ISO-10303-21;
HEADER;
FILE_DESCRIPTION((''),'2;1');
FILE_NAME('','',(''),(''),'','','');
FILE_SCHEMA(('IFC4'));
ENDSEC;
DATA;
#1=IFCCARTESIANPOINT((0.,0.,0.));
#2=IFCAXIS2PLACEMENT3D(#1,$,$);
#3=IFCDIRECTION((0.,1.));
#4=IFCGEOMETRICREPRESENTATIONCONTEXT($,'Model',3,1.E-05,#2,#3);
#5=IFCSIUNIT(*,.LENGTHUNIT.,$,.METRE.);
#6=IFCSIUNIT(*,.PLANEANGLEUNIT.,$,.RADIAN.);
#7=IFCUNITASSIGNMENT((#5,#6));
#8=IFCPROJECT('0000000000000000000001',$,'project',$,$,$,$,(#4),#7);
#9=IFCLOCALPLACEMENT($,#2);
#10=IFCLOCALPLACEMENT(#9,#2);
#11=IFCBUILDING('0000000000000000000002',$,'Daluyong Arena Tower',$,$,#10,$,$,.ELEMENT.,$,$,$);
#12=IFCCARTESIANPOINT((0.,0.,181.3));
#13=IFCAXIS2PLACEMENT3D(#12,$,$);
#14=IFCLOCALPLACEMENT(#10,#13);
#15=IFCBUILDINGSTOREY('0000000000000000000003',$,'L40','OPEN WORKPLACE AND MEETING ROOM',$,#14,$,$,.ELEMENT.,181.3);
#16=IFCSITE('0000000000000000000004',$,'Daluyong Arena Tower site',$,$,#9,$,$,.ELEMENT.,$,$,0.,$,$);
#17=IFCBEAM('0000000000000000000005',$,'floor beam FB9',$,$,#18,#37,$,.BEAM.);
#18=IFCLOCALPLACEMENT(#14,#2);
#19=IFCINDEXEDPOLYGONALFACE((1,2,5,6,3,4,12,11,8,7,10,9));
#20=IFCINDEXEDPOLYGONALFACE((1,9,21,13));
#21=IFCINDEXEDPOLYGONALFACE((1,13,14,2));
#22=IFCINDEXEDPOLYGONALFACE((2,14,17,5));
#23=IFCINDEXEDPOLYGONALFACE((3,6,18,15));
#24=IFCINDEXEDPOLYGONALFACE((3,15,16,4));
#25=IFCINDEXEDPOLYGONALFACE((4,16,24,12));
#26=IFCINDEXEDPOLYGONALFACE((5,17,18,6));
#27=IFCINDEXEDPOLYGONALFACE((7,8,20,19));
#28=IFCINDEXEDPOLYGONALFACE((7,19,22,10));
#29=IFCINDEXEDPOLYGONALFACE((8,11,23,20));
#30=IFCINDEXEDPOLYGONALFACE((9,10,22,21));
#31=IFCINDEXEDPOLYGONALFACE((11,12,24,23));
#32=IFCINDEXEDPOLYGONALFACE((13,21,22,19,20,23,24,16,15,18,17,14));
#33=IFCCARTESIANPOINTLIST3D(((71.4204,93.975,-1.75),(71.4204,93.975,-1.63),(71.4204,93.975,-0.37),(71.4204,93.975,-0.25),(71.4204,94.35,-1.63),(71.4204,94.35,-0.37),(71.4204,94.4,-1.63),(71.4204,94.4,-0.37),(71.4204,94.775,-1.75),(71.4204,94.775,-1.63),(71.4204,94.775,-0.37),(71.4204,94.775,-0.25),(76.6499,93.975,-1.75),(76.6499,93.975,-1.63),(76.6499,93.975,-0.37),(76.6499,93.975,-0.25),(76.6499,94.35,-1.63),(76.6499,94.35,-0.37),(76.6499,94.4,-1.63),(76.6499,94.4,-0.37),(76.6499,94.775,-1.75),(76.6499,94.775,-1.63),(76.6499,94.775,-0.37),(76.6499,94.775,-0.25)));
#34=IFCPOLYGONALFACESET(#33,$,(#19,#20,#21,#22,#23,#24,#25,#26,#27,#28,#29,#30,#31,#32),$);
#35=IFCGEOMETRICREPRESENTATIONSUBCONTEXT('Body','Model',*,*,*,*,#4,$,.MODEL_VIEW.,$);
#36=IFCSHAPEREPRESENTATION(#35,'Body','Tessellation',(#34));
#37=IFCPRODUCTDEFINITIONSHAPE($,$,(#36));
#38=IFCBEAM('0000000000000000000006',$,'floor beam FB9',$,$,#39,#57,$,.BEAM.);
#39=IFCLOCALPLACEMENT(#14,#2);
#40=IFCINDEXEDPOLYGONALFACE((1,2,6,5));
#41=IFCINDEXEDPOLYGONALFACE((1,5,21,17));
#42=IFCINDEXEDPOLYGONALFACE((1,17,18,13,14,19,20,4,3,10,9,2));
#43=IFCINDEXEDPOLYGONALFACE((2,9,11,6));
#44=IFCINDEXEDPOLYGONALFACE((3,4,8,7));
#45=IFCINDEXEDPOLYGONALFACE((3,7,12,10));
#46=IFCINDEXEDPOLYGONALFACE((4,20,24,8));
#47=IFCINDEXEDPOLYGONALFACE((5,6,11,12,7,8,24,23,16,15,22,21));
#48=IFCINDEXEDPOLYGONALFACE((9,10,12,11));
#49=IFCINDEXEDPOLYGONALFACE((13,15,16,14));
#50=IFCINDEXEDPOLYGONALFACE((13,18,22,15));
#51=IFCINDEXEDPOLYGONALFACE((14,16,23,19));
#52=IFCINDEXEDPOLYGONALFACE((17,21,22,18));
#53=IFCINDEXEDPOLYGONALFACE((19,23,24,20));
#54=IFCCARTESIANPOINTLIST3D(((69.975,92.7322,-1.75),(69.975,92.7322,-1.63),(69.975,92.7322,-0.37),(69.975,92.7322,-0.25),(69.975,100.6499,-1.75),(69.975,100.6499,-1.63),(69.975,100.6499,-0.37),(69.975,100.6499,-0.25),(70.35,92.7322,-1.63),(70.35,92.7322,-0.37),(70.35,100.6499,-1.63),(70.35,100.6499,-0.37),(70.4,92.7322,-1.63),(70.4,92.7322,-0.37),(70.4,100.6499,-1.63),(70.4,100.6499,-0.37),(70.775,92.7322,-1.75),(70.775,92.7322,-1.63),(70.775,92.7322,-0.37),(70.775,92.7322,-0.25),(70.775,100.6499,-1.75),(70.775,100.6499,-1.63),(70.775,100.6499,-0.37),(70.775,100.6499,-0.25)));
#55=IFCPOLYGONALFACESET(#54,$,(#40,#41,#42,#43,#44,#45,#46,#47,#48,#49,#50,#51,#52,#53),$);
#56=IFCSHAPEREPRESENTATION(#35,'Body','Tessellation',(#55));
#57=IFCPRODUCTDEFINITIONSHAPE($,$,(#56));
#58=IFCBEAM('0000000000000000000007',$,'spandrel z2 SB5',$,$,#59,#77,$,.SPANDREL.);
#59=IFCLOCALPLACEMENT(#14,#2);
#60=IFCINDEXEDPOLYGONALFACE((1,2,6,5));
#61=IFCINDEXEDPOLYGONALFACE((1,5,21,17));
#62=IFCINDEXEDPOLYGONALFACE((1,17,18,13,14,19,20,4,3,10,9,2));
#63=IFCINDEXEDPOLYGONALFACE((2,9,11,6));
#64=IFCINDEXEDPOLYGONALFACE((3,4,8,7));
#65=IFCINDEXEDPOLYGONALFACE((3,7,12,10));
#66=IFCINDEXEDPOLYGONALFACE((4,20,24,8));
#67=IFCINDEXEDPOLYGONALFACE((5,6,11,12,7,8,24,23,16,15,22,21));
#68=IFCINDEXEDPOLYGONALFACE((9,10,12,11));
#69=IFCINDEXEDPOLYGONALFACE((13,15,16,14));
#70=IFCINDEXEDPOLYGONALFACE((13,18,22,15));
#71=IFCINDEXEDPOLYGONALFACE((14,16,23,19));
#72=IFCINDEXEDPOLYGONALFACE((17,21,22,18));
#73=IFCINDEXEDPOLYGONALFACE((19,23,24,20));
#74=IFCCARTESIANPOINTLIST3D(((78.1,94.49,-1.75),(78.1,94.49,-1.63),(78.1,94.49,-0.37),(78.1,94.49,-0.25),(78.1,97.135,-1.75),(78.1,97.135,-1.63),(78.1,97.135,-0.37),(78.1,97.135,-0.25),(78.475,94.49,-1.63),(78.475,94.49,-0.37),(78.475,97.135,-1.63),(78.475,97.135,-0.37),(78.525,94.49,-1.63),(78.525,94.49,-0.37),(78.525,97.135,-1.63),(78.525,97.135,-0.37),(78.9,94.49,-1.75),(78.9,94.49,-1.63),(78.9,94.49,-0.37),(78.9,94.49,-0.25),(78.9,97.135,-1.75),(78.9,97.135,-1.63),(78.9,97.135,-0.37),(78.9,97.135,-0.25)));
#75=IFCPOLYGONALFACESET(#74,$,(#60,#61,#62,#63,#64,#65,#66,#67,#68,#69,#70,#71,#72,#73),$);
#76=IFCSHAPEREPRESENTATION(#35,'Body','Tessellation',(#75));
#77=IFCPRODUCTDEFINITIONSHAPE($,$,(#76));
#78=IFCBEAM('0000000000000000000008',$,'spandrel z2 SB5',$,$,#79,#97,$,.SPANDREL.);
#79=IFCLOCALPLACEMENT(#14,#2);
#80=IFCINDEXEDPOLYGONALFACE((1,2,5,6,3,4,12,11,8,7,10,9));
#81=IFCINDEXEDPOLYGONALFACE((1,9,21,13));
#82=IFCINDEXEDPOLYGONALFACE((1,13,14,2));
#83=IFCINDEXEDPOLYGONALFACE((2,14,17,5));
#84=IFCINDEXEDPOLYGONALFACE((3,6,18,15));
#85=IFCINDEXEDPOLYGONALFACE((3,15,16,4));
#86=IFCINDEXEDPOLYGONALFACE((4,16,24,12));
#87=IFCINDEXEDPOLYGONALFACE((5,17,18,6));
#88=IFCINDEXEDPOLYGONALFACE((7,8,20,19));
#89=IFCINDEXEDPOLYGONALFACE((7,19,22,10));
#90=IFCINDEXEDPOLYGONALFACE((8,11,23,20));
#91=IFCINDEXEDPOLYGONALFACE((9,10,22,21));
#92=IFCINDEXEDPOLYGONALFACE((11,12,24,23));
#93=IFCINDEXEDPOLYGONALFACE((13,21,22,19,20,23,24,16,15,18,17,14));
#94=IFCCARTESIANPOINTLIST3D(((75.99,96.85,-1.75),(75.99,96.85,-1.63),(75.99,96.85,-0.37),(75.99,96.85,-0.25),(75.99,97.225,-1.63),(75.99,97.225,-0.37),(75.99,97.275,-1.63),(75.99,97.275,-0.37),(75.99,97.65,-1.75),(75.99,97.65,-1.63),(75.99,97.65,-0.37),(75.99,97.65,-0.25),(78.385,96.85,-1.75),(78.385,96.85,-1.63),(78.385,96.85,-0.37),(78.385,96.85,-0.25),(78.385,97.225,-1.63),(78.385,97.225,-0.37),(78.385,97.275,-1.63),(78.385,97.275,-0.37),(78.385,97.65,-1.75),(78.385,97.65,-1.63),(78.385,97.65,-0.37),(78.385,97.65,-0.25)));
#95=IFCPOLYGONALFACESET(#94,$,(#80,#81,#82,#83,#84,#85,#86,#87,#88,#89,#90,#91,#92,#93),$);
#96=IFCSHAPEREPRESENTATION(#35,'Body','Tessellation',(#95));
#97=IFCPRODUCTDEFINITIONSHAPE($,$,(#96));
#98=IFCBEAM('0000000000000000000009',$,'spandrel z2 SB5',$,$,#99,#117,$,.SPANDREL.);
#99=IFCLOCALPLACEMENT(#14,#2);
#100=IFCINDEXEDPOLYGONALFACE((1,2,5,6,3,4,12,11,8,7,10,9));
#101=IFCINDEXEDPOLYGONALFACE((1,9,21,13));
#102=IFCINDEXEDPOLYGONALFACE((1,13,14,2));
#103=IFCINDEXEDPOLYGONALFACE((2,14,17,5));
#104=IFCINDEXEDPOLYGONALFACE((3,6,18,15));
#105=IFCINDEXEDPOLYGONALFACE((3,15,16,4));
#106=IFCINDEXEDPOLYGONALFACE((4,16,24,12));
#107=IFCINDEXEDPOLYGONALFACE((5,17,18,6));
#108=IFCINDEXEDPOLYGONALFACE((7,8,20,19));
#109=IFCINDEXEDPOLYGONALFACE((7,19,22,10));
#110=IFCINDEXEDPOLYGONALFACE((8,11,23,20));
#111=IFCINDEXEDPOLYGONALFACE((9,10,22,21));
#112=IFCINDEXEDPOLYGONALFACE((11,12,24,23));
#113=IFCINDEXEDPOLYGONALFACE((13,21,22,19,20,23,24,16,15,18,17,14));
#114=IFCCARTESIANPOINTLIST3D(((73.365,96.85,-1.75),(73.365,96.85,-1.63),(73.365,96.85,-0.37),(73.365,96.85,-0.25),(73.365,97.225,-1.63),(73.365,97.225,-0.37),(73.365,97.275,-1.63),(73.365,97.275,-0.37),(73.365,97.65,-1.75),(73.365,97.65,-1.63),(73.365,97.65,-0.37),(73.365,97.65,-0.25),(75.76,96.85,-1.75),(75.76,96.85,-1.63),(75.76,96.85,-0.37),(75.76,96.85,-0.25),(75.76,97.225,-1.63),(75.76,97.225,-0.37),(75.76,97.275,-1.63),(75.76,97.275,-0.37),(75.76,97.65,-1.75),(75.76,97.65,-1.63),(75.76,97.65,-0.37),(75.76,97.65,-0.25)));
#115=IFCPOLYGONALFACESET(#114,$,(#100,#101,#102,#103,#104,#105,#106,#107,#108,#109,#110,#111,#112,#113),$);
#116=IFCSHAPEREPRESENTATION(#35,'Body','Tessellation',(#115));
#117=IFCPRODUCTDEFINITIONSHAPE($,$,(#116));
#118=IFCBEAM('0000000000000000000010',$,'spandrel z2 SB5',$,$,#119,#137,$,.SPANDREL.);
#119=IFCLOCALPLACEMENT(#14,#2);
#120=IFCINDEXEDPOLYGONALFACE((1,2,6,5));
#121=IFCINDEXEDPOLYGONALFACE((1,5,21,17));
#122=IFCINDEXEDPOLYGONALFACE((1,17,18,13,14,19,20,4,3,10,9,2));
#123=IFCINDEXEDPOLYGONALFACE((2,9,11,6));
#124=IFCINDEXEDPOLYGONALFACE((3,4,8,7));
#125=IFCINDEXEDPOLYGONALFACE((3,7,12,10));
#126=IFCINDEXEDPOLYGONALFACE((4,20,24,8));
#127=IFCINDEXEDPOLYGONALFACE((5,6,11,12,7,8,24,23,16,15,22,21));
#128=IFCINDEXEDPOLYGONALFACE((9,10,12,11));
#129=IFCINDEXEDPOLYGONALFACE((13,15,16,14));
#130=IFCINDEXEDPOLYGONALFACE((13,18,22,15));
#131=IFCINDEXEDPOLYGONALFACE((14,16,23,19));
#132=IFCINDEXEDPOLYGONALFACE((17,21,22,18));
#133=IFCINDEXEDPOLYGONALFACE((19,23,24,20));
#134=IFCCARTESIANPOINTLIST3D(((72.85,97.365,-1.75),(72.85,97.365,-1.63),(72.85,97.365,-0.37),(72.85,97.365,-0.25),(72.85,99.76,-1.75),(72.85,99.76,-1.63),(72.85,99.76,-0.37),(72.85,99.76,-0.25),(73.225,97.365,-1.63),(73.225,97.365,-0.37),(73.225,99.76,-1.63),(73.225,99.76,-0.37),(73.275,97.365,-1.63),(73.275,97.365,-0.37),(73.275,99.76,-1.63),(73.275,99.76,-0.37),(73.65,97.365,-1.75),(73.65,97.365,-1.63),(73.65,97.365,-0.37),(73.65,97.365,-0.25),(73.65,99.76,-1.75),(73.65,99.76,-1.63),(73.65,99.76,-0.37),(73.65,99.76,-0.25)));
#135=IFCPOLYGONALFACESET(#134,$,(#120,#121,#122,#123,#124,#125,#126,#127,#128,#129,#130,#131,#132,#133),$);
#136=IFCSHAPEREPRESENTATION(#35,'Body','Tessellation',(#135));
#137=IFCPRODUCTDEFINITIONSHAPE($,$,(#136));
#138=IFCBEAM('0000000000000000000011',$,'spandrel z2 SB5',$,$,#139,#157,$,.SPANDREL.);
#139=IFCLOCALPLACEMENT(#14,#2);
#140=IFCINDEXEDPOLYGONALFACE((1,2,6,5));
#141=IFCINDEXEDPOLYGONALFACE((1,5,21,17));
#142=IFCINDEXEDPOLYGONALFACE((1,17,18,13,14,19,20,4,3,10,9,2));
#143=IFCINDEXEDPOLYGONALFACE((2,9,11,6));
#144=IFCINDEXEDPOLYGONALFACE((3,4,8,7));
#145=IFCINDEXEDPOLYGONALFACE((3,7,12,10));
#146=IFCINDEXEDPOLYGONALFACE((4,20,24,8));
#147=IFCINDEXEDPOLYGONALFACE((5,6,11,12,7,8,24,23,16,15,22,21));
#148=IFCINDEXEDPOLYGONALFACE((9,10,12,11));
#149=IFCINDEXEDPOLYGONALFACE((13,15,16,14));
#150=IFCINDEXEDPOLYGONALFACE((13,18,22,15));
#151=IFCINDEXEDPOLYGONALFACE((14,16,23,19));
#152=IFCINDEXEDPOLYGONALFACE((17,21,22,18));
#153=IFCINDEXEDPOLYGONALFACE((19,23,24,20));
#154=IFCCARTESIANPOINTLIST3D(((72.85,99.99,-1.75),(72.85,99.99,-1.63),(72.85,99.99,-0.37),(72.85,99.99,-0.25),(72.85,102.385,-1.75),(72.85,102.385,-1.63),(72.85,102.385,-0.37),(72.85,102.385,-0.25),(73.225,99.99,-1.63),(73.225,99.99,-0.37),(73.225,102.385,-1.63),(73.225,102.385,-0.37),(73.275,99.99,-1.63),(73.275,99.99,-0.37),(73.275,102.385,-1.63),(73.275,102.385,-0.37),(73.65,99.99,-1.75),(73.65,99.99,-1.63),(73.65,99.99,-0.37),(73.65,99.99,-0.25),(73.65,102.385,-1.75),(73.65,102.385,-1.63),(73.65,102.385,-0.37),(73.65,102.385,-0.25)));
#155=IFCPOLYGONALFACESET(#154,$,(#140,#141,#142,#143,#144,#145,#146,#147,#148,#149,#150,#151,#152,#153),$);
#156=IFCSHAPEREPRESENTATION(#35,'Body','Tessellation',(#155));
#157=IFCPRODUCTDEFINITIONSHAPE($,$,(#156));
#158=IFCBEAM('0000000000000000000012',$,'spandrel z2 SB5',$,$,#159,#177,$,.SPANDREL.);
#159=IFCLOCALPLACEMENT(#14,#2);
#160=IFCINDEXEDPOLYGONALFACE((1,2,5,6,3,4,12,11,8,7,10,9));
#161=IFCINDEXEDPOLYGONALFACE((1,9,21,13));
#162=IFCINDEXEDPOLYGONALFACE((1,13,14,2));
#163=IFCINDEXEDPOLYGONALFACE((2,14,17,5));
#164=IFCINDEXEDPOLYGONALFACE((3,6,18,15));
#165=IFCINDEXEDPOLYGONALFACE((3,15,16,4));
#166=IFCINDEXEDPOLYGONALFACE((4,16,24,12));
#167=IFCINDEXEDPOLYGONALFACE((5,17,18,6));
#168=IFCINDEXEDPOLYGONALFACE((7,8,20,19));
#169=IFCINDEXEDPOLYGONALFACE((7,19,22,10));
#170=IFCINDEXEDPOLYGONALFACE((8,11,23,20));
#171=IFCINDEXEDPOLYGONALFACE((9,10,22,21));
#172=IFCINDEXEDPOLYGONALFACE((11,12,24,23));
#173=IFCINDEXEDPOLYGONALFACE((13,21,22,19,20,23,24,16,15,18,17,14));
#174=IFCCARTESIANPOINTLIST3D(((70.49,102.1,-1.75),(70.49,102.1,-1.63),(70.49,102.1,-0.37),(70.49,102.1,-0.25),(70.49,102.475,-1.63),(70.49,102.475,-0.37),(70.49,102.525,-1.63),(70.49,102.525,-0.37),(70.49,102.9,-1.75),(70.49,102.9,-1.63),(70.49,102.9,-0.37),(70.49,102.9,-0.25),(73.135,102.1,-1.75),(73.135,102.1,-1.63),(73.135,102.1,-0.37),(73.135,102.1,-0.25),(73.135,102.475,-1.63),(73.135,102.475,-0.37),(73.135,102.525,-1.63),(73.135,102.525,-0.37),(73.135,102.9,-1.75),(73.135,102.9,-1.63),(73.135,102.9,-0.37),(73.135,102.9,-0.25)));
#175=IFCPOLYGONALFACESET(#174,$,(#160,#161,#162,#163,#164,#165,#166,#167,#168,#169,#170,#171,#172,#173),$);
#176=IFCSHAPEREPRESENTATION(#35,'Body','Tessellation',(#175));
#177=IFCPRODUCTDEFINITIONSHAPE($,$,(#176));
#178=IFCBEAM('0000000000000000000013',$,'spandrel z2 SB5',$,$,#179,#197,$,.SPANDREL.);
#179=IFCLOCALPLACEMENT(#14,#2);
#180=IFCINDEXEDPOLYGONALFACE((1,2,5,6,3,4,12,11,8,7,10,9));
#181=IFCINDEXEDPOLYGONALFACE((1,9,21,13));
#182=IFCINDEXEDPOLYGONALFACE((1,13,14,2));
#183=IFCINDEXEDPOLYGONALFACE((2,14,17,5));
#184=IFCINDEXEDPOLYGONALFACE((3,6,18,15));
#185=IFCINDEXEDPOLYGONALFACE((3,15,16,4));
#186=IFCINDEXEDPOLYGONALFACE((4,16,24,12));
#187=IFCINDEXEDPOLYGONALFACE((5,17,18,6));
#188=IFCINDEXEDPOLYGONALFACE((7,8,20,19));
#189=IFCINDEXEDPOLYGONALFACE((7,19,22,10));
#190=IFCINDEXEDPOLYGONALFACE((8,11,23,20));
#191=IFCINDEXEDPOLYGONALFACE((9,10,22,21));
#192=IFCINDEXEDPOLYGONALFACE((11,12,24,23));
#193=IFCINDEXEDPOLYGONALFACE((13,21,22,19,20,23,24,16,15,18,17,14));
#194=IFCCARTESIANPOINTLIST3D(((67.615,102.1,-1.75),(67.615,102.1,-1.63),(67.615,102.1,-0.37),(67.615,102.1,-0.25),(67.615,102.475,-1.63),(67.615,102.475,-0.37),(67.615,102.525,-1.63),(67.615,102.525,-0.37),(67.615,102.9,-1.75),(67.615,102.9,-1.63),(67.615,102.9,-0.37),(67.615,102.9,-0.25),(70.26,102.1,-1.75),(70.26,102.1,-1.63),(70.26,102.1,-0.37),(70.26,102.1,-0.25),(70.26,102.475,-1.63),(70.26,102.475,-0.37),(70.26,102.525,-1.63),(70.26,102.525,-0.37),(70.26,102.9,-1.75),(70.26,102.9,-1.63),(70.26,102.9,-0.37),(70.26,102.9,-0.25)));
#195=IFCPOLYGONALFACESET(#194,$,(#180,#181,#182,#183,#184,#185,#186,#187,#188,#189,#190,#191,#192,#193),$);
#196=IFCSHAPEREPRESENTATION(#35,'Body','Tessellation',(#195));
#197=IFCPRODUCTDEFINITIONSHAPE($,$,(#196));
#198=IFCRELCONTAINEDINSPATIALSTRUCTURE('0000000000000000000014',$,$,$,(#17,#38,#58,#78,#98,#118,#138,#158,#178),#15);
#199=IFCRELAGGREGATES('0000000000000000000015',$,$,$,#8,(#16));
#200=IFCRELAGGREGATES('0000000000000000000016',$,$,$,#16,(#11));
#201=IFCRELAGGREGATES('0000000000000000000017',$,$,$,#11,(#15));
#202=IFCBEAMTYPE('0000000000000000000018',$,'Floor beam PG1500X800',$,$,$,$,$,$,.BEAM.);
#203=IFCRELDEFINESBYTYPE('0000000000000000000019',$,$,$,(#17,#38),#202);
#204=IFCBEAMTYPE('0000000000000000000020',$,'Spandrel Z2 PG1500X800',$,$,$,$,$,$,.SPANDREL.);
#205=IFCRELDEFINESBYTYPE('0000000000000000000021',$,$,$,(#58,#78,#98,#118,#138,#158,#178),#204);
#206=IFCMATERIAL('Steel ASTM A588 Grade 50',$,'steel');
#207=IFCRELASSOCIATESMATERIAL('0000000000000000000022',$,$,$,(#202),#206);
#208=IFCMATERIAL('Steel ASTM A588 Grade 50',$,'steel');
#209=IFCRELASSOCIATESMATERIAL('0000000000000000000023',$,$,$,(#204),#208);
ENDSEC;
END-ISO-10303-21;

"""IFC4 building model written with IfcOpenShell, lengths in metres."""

from ifc_helpers import new_model, si_unit, direction, frame, origin, origin_2d, place, context, subcontext, project, spatial, i_section, extrude, material, material_profile, profile_set, type_object, element, save


model = new_model("IFC4")

# Units and contexts
model_context = context("Model", 3, precision=1e-05, world=origin(), true_north=direction((0.0, 1.0)))
body_context = subcontext(model_context, "Body", "Model", "MODEL_VIEW")
ifc_project = project(units=[si_unit("LENGTHUNIT", "METRE"), si_unit("PLANEANGLEUNIT", "RADIAN")], contexts=[model_context])

# Site, building, storey
site_placement = place(None, origin())
site = spatial("IfcSite", under=ifc_project, at=site_placement, Name="Daluyong Arena Tower site", CompositionType="ELEMENT", RefElevation=0.0)
building_placement = place(site_placement, origin())
building = spatial("IfcBuilding", under=site, at=building_placement, Name="Daluyong Arena Tower", CompositionType="ELEMENT")
storey_placement = place(building_placement, frame((0.0, 0.0, 181.3)))
storey = spatial("IfcBuildingStorey", under=building, at=storey_placement, Name="L40", Description="OPEN WORKPLACE AND MEETING ROOM", CompositionType="ELEMENT", Elevation=181.3)

# Beams
ifc_material_1 = material(Name="Steel ASTM A588 Grade 50", Category="steel")
ifc_material_profile_1 = material_profile(ifc_material_1, i_section(OverallWidth=0.8, OverallDepth=1.5, WebThickness=0.05, FlangeThickness=0.12, at=origin_2d()))
ifc_profile_set_1 = profile_set([ifc_material_profile_1], Name="Steel ASTM A588 Grade 50")
beam_type_1 = type_object("IfcBeamType", Name="Floor beam PG1500X800", PredefinedType="BEAM", material=ifc_profile_set_1)
beam_1_placement = place(storey_placement, frame((76.6499, 94.375, -1.0), z_axis=(-1.0, 0.0, 0.0), x_axis=(0.0, -1.0, 0.0)))
element("IfcBeam", 1, at=beam_1_placement, inside=storey, type_object=beam_type_1, Name="floor beam FB9", PredefinedType="BEAM", context=body_context, shape_type="SweptSolid", body=[
    extrude(i_section(OverallWidth=0.8, OverallDepth=1.5, WebThickness=0.05, FlangeThickness=0.12, at=origin_2d()), origin(), (0.0, 0.0, 1.0), 5.2295),
])
beam_2_placement = place(storey_placement, frame((70.375, 100.6499, -1.0), z_axis=(0.0, -1.0, 0.0), x_axis=(1.0, 0.0, 0.0)))
element("IfcBeam", 2, at=beam_2_placement, inside=storey, type_object=beam_type_1, Name="floor beam FB9", PredefinedType="BEAM", context=body_context, shape_type="SweptSolid", body=[
    extrude(i_section(OverallWidth=0.8, OverallDepth=1.5, WebThickness=0.05, FlangeThickness=0.12, at=origin_2d()), origin(), (0.0, 0.0, 1.0), 7.9177),
])
ifc_material_2 = material(Name="Steel ASTM A588 Grade 50", Category="steel")
ifc_material_profile_2 = material_profile(ifc_material_2, i_section(OverallWidth=0.8, OverallDepth=1.5, WebThickness=0.05, FlangeThickness=0.12, at=origin_2d()))
ifc_profile_set_2 = profile_set([ifc_material_profile_2], Name="Steel ASTM A588 Grade 50")
beam_type_2 = type_object("IfcBeamType", Name="Spandrel Z2 PG1500X800", PredefinedType="SPANDREL", material=ifc_profile_set_2)
beam_3_placement = place(storey_placement, frame((78.5, 94.49, -1.0), z_axis=(0.0, 1.0, 0.0), x_axis=(-1.0, 0.0, 0.0)))
element("IfcBeam", 3, at=beam_3_placement, inside=storey, type_object=beam_type_2, Name="spandrel z2 SB5", PredefinedType="SPANDREL", context=body_context, shape_type="SweptSolid", body=[
    extrude(i_section(OverallWidth=0.8, OverallDepth=1.5, WebThickness=0.05, FlangeThickness=0.12, at=origin_2d()), origin(), (0.0, 0.0, 1.0), 2.645),
])
for number, where, z_axis, x_axis, name in (
    (4, (78.385, 97.25, -1.0), (-1.0, 0.0, 0.0), (0.0, -1.0, 0.0), "spandrel z2 SB5"),
    (5, (75.76, 97.25, -1.0), (-1.0, 0.0, 0.0), (0.0, -1.0, 0.0), "spandrel z2 SB5"),
    (6, (73.25, 97.365, -1.0), (0.0, 1.0, 0.0), (-1.0, 0.0, 0.0), "spandrel z2 SB5"),
    (7, (73.25, 99.99, -1.0), (0.0, 1.0, 0.0), (-1.0, 0.0, 0.0), "spandrel z2 SB5"),
):
    element("IfcBeam", number, at=place(storey_placement, frame(where, z_axis=z_axis, x_axis=x_axis)), inside=storey, type_object=beam_type_2, Name=name, PredefinedType="SPANDREL", context=body_context, shape_type="SweptSolid", body=[
        extrude(i_section(OverallWidth=0.8, OverallDepth=1.5, WebThickness=0.05, FlangeThickness=0.12, at=origin_2d()), origin(), (0.0, 0.0, 1.0), 2.395),
    ])
for number, where, z_axis, x_axis, name in (
    (8, (73.135, 102.5, -1.0), (-1.0, 0.0, 0.0), (0.0, -1.0, 0.0), "spandrel z2 SB5"),
    (9, (70.26, 102.5, -1.0), (-1.0, 0.0, 0.0), (0.0, -1.0, 0.0), "spandrel z2 SB5"),
):
    element("IfcBeam", number, at=place(storey_placement, frame(where, z_axis=z_axis, x_axis=x_axis)), inside=storey, type_object=beam_type_2, Name=name, PredefinedType="SPANDREL", context=body_context, shape_type="SweptSolid", body=[
        extrude(i_section(OverallWidth=0.8, OverallDepth=1.5, WebThickness=0.05, FlangeThickness=0.12, at=origin_2d()), origin(), (0.0, 0.0, 1.0), 2.645),
    ])

save(model, "model.ifc")
